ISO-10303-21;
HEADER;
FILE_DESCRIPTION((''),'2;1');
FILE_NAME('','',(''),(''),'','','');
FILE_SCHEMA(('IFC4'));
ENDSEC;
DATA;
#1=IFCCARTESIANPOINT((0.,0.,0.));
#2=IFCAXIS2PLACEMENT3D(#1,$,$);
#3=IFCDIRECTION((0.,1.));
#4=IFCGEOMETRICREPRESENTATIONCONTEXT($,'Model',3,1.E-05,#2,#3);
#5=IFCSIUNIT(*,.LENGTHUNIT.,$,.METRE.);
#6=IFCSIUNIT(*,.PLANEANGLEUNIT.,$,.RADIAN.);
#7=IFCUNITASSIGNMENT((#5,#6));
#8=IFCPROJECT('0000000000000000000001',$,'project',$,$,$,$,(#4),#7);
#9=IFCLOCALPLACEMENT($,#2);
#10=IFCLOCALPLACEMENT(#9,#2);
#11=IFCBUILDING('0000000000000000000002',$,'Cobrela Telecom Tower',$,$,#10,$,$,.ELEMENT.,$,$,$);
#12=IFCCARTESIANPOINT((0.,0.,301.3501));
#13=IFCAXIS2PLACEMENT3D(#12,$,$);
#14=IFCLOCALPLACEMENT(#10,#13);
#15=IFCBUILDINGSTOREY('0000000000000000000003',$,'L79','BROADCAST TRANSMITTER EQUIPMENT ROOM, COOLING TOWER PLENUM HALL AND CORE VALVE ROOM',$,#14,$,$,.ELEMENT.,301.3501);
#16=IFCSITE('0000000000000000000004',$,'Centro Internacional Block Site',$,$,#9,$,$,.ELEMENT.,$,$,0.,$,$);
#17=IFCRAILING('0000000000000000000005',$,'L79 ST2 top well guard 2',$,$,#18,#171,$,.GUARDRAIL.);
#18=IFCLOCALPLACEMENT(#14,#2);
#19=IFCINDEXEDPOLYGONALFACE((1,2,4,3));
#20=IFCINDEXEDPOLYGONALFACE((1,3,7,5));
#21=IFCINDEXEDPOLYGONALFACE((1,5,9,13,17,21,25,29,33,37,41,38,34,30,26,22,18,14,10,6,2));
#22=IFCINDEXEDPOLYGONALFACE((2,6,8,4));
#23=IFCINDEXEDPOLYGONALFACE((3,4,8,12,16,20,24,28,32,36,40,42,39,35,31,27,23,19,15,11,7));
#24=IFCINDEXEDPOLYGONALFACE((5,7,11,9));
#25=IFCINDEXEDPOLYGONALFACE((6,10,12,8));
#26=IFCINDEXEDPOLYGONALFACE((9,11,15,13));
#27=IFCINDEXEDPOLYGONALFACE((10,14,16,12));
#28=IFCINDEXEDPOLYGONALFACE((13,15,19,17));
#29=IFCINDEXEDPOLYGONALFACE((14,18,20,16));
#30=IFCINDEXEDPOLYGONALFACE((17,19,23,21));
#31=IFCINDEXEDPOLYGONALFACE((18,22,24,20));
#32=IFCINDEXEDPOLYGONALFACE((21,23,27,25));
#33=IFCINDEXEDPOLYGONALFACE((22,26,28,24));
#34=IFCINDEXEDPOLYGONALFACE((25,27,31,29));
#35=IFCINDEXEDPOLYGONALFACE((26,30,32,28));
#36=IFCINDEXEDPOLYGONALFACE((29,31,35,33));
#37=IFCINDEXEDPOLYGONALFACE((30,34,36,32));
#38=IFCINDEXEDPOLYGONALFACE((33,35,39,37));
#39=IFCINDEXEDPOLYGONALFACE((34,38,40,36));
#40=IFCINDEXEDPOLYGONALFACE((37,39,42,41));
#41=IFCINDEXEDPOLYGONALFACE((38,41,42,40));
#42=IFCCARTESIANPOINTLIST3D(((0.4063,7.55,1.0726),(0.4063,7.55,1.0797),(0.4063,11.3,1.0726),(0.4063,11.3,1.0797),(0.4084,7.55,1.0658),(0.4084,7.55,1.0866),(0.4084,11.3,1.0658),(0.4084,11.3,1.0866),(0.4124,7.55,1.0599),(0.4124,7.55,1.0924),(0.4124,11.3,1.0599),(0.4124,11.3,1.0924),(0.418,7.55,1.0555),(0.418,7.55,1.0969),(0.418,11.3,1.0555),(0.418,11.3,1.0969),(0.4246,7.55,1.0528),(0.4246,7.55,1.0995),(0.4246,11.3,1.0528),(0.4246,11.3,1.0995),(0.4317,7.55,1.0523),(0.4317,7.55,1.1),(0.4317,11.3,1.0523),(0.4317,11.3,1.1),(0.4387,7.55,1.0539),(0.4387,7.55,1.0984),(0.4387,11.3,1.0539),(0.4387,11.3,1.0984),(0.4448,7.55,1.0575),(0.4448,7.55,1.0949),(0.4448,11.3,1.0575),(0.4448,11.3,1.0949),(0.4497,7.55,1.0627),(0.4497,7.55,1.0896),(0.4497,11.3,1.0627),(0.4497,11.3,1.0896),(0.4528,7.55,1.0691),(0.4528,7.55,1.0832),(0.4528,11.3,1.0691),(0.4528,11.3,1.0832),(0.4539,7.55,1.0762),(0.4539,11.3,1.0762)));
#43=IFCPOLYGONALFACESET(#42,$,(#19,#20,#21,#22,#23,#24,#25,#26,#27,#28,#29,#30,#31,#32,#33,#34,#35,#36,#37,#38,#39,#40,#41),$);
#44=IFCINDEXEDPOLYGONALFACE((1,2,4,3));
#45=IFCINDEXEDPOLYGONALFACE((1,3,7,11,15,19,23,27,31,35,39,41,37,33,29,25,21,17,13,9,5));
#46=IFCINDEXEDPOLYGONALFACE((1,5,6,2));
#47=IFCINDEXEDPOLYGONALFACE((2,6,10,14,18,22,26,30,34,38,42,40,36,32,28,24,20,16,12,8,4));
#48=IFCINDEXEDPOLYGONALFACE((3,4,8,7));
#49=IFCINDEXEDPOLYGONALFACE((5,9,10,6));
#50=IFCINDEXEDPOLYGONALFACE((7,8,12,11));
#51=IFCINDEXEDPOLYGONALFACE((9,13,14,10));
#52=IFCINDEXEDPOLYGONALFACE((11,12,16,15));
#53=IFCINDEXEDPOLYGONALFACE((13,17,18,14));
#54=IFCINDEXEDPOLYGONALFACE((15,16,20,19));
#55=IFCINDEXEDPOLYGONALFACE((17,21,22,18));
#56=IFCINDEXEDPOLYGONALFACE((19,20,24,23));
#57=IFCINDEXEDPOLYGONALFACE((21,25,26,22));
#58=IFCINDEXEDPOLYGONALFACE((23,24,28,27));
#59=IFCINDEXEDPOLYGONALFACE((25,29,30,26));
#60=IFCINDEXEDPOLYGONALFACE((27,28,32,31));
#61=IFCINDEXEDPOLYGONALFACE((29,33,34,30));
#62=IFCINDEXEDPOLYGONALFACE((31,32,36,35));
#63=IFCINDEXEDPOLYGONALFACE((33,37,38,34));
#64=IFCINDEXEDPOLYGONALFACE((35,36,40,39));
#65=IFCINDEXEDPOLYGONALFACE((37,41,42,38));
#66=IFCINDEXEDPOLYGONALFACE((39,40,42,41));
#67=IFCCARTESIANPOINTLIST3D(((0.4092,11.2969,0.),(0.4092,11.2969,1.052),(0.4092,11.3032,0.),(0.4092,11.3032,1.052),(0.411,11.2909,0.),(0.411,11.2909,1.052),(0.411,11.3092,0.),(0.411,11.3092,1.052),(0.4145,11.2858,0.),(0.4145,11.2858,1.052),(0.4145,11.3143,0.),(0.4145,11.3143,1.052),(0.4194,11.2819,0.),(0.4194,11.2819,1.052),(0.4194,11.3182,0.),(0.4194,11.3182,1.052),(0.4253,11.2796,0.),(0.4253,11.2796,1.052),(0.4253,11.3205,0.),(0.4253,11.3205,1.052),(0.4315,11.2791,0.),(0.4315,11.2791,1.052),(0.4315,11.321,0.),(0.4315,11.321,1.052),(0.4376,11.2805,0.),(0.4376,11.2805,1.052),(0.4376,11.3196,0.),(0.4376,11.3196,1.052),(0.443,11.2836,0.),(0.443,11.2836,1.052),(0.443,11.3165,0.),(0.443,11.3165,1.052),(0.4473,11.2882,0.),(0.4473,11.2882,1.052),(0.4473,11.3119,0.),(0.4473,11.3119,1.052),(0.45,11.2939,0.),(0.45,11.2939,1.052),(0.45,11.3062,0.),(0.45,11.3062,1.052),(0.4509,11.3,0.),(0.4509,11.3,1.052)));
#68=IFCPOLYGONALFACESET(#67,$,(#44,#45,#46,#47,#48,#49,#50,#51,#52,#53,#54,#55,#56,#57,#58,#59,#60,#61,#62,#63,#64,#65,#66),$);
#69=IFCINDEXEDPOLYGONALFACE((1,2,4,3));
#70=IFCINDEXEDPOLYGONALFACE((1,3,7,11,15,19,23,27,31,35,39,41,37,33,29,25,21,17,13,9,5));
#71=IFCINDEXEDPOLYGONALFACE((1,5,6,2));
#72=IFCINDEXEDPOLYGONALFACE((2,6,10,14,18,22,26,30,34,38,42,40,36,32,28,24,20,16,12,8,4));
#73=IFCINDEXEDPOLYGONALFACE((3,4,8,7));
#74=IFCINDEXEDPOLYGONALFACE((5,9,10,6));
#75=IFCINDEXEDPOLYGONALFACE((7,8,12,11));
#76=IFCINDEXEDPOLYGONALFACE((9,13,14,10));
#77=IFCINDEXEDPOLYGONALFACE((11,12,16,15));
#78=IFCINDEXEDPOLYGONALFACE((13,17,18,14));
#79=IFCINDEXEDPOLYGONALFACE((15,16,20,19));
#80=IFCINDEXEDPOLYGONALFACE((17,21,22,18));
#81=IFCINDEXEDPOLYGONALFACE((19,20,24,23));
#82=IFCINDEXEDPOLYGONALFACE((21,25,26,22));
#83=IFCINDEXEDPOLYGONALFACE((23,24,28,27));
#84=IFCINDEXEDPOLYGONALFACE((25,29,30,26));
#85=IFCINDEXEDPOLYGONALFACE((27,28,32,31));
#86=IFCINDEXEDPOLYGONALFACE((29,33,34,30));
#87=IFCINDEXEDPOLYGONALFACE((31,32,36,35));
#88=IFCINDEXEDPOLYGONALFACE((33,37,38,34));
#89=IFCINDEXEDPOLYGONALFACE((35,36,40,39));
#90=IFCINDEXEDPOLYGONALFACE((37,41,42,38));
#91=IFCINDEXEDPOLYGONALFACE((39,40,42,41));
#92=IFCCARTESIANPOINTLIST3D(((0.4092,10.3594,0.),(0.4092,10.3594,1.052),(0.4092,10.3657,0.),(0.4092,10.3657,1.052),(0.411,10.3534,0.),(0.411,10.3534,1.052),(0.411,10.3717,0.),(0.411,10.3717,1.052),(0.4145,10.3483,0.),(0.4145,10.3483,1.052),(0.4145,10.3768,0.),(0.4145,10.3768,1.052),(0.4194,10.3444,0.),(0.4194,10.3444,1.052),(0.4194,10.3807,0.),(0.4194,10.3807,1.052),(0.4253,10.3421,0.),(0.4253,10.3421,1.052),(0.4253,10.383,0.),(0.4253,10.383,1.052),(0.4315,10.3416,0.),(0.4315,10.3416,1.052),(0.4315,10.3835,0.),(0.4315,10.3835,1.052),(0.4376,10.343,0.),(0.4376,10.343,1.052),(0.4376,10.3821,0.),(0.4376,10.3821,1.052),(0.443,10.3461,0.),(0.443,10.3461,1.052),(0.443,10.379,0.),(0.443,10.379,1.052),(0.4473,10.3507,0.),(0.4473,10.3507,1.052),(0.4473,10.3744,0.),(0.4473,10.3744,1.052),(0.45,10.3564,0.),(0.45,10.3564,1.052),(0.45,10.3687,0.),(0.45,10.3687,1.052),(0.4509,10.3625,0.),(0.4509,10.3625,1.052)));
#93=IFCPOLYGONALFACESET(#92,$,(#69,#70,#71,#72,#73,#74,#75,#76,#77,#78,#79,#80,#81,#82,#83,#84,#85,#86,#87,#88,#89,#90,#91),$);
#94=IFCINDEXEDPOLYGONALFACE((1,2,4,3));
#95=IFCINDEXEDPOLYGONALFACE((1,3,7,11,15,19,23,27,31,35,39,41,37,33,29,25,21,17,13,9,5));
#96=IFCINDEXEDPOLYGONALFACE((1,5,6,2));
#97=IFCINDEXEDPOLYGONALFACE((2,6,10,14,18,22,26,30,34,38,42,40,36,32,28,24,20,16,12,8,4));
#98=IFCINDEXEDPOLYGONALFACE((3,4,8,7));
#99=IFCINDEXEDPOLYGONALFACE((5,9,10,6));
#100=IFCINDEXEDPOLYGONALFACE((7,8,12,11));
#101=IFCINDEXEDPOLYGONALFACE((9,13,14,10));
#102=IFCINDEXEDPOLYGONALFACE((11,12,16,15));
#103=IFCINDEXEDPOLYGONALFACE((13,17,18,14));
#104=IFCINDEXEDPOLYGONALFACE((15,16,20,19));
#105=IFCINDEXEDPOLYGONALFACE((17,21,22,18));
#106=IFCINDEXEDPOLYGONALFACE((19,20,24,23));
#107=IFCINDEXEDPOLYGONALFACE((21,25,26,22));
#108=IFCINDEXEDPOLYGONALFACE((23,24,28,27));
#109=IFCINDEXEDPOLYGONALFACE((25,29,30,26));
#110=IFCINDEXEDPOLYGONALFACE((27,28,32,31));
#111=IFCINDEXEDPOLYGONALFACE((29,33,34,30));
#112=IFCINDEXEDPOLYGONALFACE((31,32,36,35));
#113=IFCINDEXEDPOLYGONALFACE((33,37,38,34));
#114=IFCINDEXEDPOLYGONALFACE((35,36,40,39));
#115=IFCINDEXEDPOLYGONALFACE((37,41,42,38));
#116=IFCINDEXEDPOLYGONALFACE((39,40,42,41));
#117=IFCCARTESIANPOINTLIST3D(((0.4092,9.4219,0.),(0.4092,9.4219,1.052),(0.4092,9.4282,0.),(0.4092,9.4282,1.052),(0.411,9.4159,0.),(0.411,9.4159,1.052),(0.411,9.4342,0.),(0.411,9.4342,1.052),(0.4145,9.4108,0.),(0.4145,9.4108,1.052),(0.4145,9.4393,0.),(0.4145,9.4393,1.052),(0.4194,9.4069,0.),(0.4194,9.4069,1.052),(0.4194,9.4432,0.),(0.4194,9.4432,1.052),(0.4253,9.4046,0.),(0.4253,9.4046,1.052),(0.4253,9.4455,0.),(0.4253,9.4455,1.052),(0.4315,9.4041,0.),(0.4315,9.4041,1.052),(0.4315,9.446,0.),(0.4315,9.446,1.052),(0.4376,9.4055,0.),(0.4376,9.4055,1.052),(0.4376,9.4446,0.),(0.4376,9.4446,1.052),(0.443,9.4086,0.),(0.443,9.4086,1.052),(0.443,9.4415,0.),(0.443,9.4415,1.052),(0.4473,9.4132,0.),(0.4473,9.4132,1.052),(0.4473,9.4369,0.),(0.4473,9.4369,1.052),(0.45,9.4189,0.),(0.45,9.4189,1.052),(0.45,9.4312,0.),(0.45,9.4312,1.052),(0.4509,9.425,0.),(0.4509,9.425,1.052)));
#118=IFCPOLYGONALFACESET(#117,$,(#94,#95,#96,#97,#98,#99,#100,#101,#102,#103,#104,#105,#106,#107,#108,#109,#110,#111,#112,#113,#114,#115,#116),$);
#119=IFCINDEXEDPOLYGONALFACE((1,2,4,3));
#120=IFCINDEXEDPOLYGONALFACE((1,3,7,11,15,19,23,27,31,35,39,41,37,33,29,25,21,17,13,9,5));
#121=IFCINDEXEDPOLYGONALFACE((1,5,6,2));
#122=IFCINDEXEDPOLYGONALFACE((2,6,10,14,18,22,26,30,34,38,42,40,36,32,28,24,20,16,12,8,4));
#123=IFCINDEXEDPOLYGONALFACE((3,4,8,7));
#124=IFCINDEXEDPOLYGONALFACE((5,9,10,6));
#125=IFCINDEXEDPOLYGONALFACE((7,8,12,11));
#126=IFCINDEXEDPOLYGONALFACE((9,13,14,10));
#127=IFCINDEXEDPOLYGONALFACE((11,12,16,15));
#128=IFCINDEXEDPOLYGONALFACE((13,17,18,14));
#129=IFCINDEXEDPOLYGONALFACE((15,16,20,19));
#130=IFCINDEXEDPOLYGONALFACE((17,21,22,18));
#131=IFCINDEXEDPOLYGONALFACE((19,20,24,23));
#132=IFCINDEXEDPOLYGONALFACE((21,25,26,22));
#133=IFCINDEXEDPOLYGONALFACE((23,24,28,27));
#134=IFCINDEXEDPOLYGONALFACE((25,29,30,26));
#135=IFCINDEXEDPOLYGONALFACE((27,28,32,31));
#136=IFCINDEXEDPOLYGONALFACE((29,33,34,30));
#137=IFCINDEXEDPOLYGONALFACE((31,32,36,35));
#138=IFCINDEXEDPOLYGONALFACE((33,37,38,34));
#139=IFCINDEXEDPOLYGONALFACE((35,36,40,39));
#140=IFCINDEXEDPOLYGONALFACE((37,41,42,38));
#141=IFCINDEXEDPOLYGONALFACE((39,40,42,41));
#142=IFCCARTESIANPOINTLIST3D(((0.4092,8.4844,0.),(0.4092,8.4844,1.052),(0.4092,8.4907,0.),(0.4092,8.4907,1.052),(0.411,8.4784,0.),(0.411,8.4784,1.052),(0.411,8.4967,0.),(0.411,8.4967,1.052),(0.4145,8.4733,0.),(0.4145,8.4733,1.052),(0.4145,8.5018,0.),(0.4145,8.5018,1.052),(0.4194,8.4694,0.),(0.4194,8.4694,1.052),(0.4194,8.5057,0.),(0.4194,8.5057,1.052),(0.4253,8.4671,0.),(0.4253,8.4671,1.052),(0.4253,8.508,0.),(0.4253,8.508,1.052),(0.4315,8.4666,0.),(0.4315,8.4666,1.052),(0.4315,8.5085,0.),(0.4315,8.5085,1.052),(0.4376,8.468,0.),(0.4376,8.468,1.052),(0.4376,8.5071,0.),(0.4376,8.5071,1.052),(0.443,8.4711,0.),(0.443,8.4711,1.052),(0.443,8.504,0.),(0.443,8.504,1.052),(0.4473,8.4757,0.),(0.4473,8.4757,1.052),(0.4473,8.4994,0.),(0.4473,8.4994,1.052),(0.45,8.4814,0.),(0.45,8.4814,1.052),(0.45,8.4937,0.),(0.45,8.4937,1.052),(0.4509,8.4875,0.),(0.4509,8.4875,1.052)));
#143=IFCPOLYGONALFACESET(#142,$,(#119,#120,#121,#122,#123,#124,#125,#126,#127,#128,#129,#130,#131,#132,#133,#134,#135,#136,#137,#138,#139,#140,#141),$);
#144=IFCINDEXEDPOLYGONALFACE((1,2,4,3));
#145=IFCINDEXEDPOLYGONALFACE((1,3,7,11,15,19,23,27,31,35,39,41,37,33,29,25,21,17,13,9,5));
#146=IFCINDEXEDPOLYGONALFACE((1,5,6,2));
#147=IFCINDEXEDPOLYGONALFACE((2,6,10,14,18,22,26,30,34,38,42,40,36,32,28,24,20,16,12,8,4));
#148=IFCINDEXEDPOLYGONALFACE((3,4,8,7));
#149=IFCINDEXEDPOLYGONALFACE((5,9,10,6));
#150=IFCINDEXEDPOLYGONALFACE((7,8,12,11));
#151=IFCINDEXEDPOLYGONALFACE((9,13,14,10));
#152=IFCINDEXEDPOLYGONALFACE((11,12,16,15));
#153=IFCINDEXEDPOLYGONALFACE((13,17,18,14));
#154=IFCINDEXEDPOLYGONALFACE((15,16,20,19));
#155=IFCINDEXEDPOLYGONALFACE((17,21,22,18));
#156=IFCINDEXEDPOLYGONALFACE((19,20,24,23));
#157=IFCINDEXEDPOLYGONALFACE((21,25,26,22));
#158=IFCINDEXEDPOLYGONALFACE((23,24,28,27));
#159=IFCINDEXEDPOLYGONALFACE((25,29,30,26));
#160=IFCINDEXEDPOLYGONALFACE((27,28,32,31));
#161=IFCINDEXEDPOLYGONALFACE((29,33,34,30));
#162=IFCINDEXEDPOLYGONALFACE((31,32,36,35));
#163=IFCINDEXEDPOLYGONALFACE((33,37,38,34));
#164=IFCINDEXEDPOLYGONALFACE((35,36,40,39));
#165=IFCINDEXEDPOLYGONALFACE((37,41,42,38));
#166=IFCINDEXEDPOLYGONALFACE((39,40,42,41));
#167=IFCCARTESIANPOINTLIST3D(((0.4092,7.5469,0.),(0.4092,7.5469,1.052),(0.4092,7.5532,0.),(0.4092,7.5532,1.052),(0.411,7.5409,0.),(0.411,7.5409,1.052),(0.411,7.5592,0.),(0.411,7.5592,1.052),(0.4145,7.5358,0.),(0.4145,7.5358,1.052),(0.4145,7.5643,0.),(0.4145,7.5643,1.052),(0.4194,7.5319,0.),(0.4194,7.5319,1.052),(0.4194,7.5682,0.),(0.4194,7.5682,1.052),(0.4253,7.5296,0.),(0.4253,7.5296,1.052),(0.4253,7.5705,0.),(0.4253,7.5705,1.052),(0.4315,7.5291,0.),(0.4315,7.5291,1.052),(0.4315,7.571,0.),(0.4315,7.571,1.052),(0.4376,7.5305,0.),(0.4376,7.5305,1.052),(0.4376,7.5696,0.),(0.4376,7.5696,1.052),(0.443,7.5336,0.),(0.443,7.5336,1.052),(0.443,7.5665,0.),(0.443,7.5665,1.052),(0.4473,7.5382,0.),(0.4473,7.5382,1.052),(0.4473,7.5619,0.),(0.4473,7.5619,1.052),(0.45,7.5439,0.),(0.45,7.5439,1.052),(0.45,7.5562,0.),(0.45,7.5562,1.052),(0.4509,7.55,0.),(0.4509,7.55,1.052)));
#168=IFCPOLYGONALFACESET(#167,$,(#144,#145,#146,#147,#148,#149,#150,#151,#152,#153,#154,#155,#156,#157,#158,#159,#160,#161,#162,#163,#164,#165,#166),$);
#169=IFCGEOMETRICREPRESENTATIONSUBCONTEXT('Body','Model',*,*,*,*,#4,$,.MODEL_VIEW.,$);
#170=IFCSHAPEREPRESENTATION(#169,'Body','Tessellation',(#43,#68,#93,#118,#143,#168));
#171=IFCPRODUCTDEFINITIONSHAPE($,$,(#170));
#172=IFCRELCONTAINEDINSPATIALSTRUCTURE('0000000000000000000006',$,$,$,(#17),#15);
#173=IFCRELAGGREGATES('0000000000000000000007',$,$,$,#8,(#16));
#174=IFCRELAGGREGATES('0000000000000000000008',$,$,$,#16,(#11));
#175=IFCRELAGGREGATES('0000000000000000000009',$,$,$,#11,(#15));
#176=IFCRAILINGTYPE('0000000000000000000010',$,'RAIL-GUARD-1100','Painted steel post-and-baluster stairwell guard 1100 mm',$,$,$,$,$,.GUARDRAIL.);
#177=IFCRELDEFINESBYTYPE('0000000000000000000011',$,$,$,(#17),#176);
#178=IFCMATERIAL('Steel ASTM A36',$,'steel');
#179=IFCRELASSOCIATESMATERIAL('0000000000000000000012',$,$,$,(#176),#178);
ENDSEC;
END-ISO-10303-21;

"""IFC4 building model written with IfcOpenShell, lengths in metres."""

from ifc_helpers import new_model, si_unit, direction, frame, origin, origin_2d, place, context, subcontext, project, spatial, circle, extrude, material, type_object, element, save


model = new_model("IFC4")

# Units and contexts
model_context = context("Model", 3, precision=1e-05, world=origin(), true_north=direction((0.0, 1.0)))
body_context = subcontext(model_context, "Body", "Model", "MODEL_VIEW")
ifc_project = project(units=[si_unit("LENGTHUNIT", "METRE"), si_unit("PLANEANGLEUNIT", "RADIAN")], contexts=[model_context])

# Site, building, storey
site_placement = place(None, origin())
site = spatial("IfcSite", under=ifc_project, at=site_placement, Name="Centro Internacional Block Site", CompositionType="ELEMENT", RefElevation=0.0)
building_placement = place(site_placement, origin())
building = spatial("IfcBuilding", under=site, at=building_placement, Name="Cobrela Telecom Tower", CompositionType="ELEMENT")
storey_placement = place(building_placement, frame((0.0, 0.0, 301.3501)))
storey = spatial("IfcBuildingStorey", under=building, at=storey_placement, Name="L79", Description="BROADCAST TRANSMITTER EQUIPMENT ROOM, COOLING TOWER PLENUM HALL AND CORE VALVE ROOM", CompositionType="ELEMENT", Elevation=301.3501)

# Shared definitions
ifc_material_1 = material(Name="Steel ASTM A36", Category="steel")

# Railing
railing_type = type_object("IfcRailingType", Name="RAIL-GUARD-1100", Description="Painted steel post-and-baluster stairwell guard 1100 mm", PredefinedType="GUARDRAIL", material=ifc_material_1)
railing_placement = place(storey_placement, frame((0.4299, 11.3, 0.0)))
element("IfcRailing", 1, at=railing_placement, inside=storey, type_object=railing_type, Name="L79 ST2 top well guard 2", PredefinedType="GUARDRAIL", context=body_context, shape_type="SweptSolid", body=[
    extrude(circle(Radius=0.0239, at=origin_2d()), frame((0.0, 0.0, 1.0762), z_axis=(0.0, -1.0, 0.0), x_axis=(1.0, 0.0, 0.0)), (0.0, 0.0, 1.0), 3.75),
    extrude(circle(Radius=0.021, at=origin_2d()), origin(), (0.0, 0.0, 1.0), 1.052),
    extrude(circle(Radius=0.021, at=origin_2d()), frame((0.0, -0.9375, 0.0)), (0.0, 0.0, 1.0), 1.052),
    extrude(circle(Radius=0.021, at=origin_2d()), frame((0.0, -1.875, 0.0)), (0.0, 0.0, 1.0), 1.052),
    extrude(circle(Radius=0.021, at=origin_2d()), frame((0.0, -2.8125, 0.0)), (0.0, 0.0, 1.0), 1.052),
    extrude(circle(Radius=0.021, at=origin_2d()), frame((0.0, -3.75, 0.0)), (0.0, 0.0, 1.0), 1.052),
])

save(model, "model.ifc")
